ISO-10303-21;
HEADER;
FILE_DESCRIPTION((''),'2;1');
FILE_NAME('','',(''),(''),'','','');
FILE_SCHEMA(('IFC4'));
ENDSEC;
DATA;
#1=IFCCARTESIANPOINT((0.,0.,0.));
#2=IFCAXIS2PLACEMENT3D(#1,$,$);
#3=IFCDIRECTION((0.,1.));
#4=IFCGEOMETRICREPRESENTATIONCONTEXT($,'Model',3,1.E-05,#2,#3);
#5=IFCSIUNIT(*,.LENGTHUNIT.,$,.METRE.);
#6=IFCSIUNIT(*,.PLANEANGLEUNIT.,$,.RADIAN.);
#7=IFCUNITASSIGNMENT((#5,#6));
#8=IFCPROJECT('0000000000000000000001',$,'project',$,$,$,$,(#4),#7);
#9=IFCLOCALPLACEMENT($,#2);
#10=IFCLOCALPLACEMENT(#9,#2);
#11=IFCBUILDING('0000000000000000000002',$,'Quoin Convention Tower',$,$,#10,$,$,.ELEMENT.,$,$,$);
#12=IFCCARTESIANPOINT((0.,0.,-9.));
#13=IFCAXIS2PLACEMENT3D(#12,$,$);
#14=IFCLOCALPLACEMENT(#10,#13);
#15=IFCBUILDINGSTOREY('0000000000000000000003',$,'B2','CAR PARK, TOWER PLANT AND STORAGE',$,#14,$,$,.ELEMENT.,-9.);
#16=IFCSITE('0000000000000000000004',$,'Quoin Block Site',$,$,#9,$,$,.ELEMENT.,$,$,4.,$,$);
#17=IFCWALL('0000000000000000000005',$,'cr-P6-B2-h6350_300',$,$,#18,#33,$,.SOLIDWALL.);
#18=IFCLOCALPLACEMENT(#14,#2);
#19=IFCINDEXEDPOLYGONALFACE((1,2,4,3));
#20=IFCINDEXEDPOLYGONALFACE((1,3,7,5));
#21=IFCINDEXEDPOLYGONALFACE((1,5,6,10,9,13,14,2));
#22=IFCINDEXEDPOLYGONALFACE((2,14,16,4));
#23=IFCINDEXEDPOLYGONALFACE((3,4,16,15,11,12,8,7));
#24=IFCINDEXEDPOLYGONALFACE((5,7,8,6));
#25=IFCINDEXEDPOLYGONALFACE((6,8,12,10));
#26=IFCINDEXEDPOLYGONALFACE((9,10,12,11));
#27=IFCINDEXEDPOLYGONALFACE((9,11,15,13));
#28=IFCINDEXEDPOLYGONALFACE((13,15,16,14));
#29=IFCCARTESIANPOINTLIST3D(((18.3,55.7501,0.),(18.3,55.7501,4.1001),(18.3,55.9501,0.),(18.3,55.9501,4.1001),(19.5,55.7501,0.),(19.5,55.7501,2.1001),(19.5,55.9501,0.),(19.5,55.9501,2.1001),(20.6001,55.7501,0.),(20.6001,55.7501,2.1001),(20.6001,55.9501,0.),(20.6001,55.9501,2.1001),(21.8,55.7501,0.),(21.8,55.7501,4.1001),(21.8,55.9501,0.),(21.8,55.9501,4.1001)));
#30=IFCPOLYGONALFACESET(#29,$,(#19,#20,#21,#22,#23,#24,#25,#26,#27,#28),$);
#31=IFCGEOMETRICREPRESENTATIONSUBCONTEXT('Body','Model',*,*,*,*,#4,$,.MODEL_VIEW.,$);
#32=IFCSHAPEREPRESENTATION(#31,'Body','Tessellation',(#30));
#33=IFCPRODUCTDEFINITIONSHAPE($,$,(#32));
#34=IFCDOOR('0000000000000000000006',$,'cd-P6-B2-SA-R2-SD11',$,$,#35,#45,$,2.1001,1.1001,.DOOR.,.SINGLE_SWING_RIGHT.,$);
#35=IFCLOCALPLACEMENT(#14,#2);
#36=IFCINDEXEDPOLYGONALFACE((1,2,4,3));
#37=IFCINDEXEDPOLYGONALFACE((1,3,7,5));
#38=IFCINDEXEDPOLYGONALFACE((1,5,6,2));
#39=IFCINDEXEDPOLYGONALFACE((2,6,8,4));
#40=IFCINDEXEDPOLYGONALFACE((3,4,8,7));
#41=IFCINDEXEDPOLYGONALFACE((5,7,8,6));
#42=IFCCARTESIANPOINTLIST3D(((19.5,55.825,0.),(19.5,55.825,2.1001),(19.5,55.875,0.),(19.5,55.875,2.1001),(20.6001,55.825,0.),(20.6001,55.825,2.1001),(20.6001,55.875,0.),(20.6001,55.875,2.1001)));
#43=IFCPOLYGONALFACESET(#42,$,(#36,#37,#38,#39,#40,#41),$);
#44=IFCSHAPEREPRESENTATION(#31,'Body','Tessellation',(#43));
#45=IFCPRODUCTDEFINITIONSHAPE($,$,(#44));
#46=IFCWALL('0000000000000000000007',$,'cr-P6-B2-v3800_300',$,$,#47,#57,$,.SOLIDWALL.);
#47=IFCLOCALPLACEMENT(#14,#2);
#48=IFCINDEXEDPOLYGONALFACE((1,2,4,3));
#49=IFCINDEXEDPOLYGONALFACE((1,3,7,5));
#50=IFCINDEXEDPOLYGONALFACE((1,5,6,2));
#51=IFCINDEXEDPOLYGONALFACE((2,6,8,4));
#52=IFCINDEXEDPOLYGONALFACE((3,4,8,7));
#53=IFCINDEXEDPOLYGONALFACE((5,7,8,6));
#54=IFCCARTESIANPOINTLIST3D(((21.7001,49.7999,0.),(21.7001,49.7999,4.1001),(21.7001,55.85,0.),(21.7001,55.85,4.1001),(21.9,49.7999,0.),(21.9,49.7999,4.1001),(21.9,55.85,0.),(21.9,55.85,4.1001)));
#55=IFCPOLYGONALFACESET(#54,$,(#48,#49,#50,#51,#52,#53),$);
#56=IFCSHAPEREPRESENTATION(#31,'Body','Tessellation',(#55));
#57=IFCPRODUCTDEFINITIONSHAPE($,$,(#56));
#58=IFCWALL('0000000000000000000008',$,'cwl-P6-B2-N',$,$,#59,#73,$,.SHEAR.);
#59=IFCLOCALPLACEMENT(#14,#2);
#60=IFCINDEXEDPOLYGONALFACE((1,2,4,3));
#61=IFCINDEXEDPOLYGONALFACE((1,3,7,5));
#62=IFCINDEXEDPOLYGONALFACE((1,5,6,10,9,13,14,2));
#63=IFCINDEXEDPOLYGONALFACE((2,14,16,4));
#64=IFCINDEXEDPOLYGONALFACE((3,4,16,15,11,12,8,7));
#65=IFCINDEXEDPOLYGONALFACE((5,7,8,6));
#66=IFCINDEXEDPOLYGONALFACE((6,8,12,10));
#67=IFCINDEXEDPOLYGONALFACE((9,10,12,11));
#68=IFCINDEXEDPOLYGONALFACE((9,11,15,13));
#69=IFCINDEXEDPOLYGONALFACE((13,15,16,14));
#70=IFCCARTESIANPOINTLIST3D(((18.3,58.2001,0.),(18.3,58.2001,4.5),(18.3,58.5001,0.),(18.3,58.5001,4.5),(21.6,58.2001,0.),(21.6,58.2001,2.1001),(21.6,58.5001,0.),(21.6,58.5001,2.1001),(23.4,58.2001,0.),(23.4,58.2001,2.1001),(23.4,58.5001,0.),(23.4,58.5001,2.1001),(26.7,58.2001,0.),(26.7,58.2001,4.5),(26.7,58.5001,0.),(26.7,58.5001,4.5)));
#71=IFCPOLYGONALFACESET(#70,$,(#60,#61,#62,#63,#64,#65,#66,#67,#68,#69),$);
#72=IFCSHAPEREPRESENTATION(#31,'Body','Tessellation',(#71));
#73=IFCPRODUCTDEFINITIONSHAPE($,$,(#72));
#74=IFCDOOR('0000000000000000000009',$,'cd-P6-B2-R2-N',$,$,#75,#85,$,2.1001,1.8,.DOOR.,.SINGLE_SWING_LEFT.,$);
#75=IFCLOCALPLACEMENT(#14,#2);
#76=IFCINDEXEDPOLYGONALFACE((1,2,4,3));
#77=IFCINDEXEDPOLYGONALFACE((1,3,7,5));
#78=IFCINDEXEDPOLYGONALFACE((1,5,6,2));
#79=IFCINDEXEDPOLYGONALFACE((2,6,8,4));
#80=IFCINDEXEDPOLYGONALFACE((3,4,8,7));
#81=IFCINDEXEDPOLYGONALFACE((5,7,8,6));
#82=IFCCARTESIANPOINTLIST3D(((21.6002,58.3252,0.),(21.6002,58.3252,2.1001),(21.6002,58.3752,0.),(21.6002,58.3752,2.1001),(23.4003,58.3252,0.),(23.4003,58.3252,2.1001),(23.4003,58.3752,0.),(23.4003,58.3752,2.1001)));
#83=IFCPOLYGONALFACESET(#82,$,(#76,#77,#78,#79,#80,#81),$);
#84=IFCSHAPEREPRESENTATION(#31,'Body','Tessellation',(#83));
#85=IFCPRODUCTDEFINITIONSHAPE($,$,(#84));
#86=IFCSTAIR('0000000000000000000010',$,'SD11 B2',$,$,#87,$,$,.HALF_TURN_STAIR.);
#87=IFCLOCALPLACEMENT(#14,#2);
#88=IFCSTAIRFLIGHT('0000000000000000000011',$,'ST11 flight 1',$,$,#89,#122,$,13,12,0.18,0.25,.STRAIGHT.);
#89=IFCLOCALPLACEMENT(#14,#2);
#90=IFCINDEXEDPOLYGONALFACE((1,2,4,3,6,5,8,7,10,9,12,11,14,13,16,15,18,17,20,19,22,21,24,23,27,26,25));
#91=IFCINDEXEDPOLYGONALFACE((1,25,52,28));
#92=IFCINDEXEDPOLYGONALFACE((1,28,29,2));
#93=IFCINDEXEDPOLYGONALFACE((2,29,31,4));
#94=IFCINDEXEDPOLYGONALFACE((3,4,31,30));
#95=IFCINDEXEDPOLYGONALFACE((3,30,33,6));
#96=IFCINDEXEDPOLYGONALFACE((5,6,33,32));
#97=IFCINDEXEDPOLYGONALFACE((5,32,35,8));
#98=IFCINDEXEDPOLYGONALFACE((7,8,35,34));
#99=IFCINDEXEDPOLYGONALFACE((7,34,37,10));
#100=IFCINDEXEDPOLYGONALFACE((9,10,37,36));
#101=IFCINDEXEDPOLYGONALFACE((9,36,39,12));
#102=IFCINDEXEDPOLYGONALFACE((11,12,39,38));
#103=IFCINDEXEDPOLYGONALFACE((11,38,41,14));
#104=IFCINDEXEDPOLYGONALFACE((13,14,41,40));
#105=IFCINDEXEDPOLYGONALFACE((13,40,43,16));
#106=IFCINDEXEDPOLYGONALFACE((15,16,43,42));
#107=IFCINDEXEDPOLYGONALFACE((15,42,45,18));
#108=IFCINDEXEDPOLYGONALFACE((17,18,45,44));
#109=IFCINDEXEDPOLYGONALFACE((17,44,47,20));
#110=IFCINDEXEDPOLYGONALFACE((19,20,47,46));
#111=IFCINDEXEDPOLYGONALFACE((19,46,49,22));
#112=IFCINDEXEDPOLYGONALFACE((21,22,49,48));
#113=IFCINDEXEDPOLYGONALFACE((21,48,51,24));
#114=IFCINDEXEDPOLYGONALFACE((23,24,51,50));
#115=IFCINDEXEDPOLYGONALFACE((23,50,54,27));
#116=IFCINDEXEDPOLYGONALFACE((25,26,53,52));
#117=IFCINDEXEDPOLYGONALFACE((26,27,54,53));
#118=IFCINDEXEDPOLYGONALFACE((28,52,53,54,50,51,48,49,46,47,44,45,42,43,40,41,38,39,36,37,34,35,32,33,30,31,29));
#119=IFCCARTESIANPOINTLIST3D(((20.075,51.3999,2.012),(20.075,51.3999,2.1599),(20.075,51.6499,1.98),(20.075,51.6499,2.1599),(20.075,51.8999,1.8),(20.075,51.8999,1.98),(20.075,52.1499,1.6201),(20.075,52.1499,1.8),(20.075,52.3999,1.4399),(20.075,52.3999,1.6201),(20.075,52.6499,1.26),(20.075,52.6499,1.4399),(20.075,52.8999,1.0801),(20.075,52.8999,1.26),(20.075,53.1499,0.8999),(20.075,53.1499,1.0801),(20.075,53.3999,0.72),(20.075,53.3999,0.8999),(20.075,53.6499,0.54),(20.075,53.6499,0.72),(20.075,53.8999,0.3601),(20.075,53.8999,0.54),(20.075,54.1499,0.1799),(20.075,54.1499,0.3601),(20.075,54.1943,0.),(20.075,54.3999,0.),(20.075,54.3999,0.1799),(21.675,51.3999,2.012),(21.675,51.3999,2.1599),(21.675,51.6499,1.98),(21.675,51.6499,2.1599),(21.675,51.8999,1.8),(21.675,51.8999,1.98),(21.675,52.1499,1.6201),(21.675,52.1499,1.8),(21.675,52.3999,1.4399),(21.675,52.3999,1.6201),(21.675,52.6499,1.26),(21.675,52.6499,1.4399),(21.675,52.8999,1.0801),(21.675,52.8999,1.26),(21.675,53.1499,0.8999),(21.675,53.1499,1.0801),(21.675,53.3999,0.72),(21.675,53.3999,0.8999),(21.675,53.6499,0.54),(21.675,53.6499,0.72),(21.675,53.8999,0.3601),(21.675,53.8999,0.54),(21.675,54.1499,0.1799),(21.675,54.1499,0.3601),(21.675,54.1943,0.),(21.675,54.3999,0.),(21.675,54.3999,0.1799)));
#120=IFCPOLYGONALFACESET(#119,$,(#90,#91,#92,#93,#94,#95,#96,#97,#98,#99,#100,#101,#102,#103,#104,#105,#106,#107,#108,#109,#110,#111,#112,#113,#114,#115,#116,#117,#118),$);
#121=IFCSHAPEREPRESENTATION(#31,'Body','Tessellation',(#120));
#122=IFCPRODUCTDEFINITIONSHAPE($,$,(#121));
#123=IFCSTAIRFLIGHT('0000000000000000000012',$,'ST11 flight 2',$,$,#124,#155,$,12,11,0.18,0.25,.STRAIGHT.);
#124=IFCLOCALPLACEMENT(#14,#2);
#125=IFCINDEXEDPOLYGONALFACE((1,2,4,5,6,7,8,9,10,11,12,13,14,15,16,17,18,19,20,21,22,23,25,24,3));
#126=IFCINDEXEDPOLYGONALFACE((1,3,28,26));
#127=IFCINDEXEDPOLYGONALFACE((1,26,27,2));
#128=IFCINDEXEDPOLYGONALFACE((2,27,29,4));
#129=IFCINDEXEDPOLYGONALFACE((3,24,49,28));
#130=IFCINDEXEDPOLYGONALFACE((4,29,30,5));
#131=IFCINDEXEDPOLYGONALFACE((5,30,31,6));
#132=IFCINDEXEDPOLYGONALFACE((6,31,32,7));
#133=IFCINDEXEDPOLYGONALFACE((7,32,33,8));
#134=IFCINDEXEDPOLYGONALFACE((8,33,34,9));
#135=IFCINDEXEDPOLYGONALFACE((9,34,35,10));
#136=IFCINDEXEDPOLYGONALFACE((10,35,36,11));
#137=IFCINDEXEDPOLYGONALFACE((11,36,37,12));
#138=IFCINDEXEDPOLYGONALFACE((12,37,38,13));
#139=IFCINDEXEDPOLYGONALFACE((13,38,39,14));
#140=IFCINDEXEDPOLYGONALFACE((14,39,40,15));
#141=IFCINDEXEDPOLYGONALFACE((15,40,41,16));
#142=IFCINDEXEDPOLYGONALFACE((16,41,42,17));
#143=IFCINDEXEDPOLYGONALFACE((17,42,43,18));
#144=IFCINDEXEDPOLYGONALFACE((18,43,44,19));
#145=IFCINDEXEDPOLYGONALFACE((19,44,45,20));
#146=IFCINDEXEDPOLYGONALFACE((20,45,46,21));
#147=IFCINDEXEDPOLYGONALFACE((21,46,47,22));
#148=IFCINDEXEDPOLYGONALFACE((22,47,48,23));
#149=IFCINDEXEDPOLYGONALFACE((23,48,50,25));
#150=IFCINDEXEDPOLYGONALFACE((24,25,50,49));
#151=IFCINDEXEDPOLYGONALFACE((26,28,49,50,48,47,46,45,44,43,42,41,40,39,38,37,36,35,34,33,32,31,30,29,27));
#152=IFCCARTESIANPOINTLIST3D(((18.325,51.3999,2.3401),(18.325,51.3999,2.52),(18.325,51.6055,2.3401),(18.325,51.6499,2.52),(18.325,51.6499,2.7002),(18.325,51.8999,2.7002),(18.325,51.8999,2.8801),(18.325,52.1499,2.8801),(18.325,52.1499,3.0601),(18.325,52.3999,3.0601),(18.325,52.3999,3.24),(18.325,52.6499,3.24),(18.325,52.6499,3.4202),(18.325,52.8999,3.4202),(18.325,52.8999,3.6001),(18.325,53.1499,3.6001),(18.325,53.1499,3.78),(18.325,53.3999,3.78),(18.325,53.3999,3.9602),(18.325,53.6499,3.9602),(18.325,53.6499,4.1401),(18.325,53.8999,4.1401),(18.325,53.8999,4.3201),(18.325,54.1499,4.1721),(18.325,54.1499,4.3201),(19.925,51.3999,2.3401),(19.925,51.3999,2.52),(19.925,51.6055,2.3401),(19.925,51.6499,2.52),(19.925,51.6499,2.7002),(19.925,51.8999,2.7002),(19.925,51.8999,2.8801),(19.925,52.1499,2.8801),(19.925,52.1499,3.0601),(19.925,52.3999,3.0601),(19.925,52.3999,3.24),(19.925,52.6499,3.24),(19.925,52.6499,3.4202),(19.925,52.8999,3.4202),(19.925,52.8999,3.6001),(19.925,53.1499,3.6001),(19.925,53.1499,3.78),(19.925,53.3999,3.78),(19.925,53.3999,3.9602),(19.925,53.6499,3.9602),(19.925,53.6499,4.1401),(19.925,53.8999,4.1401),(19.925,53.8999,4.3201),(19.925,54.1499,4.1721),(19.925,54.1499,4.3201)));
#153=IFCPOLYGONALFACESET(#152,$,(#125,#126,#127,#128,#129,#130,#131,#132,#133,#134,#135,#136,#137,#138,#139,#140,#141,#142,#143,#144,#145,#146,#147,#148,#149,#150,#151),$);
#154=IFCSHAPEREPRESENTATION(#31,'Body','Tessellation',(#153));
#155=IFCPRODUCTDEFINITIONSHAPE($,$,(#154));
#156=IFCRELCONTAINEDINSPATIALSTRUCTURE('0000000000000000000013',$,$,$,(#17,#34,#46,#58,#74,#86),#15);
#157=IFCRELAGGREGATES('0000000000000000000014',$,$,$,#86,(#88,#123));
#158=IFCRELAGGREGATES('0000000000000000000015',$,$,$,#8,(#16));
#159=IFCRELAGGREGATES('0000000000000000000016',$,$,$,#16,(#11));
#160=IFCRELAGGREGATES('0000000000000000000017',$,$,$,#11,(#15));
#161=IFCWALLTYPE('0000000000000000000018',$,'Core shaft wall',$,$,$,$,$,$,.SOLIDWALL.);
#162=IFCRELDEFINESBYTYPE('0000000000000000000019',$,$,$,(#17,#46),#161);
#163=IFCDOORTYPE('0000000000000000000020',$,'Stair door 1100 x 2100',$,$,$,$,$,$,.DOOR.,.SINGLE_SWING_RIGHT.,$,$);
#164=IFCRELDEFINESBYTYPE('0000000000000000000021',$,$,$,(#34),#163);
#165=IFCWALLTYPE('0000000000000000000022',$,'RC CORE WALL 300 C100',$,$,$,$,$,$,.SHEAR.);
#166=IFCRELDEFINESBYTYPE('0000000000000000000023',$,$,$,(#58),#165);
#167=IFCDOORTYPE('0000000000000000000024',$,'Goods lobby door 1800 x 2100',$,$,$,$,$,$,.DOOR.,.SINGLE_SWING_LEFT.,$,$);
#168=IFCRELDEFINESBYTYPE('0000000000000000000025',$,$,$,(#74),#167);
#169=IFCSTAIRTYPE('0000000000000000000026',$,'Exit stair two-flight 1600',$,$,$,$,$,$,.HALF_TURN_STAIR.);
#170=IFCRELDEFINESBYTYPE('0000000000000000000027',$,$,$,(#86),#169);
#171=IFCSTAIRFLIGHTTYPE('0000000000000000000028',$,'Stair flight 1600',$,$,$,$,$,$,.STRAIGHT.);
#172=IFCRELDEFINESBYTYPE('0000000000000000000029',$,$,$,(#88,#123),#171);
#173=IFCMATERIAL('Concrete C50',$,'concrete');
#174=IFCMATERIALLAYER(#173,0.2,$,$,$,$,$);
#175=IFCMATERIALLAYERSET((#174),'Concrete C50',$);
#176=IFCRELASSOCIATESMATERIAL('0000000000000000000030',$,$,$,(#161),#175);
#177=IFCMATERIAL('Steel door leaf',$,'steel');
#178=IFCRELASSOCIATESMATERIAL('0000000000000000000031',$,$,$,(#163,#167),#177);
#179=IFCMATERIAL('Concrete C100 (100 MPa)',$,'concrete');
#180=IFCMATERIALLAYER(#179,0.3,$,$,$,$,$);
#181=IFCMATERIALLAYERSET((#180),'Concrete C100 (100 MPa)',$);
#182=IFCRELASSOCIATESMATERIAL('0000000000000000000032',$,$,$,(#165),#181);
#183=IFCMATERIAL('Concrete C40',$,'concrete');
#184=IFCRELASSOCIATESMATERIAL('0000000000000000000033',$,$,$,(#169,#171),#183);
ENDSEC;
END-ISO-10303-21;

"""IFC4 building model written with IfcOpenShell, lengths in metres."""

from ifc_helpers import new_model, si_unit, direction, frame, frame_2d, origin, place, context, subcontext, project, spatial, polyline, rectangle, outline, extrude, material, layer, layer_set, type_object, element, fill, aggregate, save


model = new_model("IFC4")

# Units and contexts
model_context = context("Model", 3, precision=1e-05, world=origin(), true_north=direction((0.0, 1.0)))
body_context = subcontext(model_context, "Body", "Model", "MODEL_VIEW")
ifc_project = project(units=[si_unit("LENGTHUNIT", "METRE"), si_unit("PLANEANGLEUNIT", "RADIAN")], contexts=[model_context])

# Site, building, storey
site_placement = place(None, origin())
site = spatial("IfcSite", under=ifc_project, at=site_placement, Name="Quoin Block Site", CompositionType="ELEMENT", RefElevation=4.0)
building_placement = place(site_placement, origin())
building = spatial("IfcBuilding", under=site, at=building_placement, Name="Quoin Convention Tower", CompositionType="ELEMENT")
storey_placement = place(building_placement, frame((0.0, 0.0, -9.0)))
storey = spatial("IfcBuildingStorey", under=building, at=storey_placement, Name="B2", Description="CAR PARK, TOWER PLANT AND STORAGE", CompositionType="ELEMENT", Elevation=-9.0)

# Shared definitions
ifc_material_1 = material(Name="Concrete C50", Category="concrete")

# Shared definitions
ifc_material_2 = material(Name="Concrete C40", Category="concrete")

# Shared definitions
ifc_material_3 = material(Name="Concrete C100 (100 MPa)", Category="concrete")

# Shared definitions
ifc_layer_1 = layer(ifc_material_1, 0.2)
ifc_layer_set_1 = layer_set([ifc_layer_1], Name="Concrete C50")
wall_type_1 = type_object("IfcWallType", Name="Core shaft wall", PredefinedType="SOLIDWALL", material=ifc_layer_set_1)

# Wall, opening, door
wall_1_placement = place(storey_placement, frame((18.3, 55.8501, 0.0), z_axis=(0.0, 0.0, 1.0), x_axis=(1.0, 0.0, 0.0)))
wall_1 = element("IfcWall", 1, at=wall_1_placement, inside=storey, type_object=wall_type_1, Name="cr-P6-B2-h6350_300", PredefinedType="SOLIDWALL", context=body_context, shape_type="SweptSolid", body=[
    extrude(rectangle(XDim=3.5, YDim=0.2, at=frame_2d((1.75, 0.0))), origin(), (0.0, 0.0, 1.0), 4.1001),
])
opening_1_placement = place(wall_1_placement, frame((1.2, 0.0, 0.0)))
opening_1 = element("IfcOpeningElement", 2, at=opening_1_placement, cuts=wall_1, PredefinedType="OPENING", context=body_context, shape_type="SweptSolid", body=[
    extrude(rectangle(XDim=1.1001, YDim=2.1001, at=frame_2d((0.55, 1.05))), frame((0.0, 0.1099, 0.0), z_axis=(0.0, -1.0, 0.0), x_axis=(1.0, 0.0, 0.0)), (0.0, 0.0, 1.0), 0.22),
])
ifc_material_4 = material(Name="Steel door leaf", Category="steel")
door_type_1 = type_object("IfcDoorType", Name="Stair door 1100 x 2100", OperationType="SINGLE_SWING_RIGHT", PredefinedType="DOOR", material=ifc_material_4)
door_1_placement = place(opening_1_placement, origin())
door_1 = element("IfcDoor", 3, at=door_1_placement, inside=storey, type_object=door_type_1, Name="cd-P6-B2-SA-R2-SD11", OperationType="SINGLE_SWING_RIGHT", OverallHeight=2.1001, OverallWidth=1.1001, PredefinedType="DOOR", context=body_context, shape_type="SweptSolid", body=[
    extrude(rectangle(XDim=1.1001, YDim=2.1001, at=frame_2d((0.55, 1.05))), frame((0.0, 0.0249, 0.0), z_axis=(0.0, -1.0, 0.0), x_axis=(1.0, 0.0, 0.0)), (0.0, 0.0, 1.0), 0.05),
])
fill(opening_1, door_1)

# Wall
wall_2_placement = place(storey_placement, frame((21.8, 49.8, 0.0), z_axis=(0.0, 0.0, 1.0), x_axis=(0.0, 1.0, 0.0)))
element("IfcWall", 4, at=wall_2_placement, inside=storey, type_object=wall_type_1, Name="cr-P6-B2-v3800_300", PredefinedType="SOLIDWALL", context=body_context, shape_type="SweptSolid", body=[
    extrude(rectangle(XDim=6.05, YDim=0.2, at=frame_2d((3.0249, 0.0))), origin(), (0.0, 0.0, 1.0), 4.1001),
])

# Wall, opening, door
ifc_layer_2 = layer(ifc_material_3, 0.3)
ifc_layer_set_2 = layer_set([ifc_layer_2], Name="Concrete C100 (100 MPa)")
wall_type_2 = type_object("IfcWallType", Name="RC CORE WALL 300 C100", PredefinedType="SHEAR", material=ifc_layer_set_2)
wall_3_placement = place(storey_placement, frame((18.3, 58.3501, 0.0), z_axis=(0.0, 0.0, 1.0), x_axis=(1.0, 0.0, 0.0)))
wall_3 = element("IfcWall", 5, at=wall_3_placement, inside=storey, type_object=wall_type_2, Name="cwl-P6-B2-N", PredefinedType="SHEAR", context=body_context, shape_type="SweptSolid", body=[
    extrude(rectangle(XDim=8.3999, YDim=0.3, at=frame_2d((4.2, 0.0))), origin(), (0.0, 0.0, 1.0), 4.5),
])
opening_2_placement = place(wall_3_placement, frame((3.3, 0.0, 0.0)))
opening_2 = element("IfcOpeningElement", 6, at=opening_2_placement, cuts=wall_3, PredefinedType="OPENING", context=body_context, shape_type="SweptSolid", body=[
    extrude(rectangle(XDim=1.8, YDim=2.1001, at=frame_2d((0.8999, 1.05))), frame((0.0, 0.1599, 0.0), z_axis=(0.0, -1.0, 0.0), x_axis=(1.0, 0.0, 0.0)), (0.0, 0.0, 1.0), 0.3201),
])
door_type_2 = type_object("IfcDoorType", Name="Goods lobby door 1800 x 2100", OperationType="SINGLE_SWING_LEFT", PredefinedType="DOOR", material=ifc_material_4)
door_2_placement = place(opening_2_placement, frame((1.8, 0.0, 0.0), z_axis=(0.0, 0.0, 1.0), x_axis=(-1.0, 0.0, 0.0)))
door_2 = element("IfcDoor", 7, at=door_2_placement, inside=storey, type_object=door_type_2, Name="cd-P6-B2-R2-N", OperationType="SINGLE_SWING_LEFT", OverallHeight=2.1001, OverallWidth=1.8, PredefinedType="DOOR", context=body_context, shape_type="SweptSolid", body=[
    extrude(rectangle(XDim=1.8, YDim=2.1001, at=frame_2d((0.8999, 1.05))), frame((0.0, 0.0249, 0.0), z_axis=(0.0, -1.0, 0.0), x_axis=(1.0, 0.0, 0.0)), (0.0, 0.0, 1.0), 0.05),
])
fill(opening_2, door_2)

# Stair, stair flights
stair_type = type_object("IfcStairType", Name="Exit stair two-flight 1600", PredefinedType="HALF_TURN_STAIR", material=ifc_material_2)
stair_placement = place(storey_placement, origin())
stair = element("IfcStair", 8, at=stair_placement, inside=storey, type_object=stair_type, Name="SD11 B2", PredefinedType="HALF_TURN_STAIR")
stair_flight_type = type_object("IfcStairFlightType", Name="Stair flight 1600", PredefinedType="STRAIGHT", material=ifc_material_2)
stair_flight_1_placement = place(storey_placement, frame((20.875, 54.3999, 0.0), z_axis=(0.0, 0.0, 1.0), x_axis=(0.0, -1.0, 0.0)))
stair_flight_1 = element("IfcStairFlight", 9, at=stair_flight_1_placement, type_object=stair_flight_type, Name="ST11 flight 1", NumberOfRisers=13, NumberOfTreads=12, PredefinedType="STRAIGHT", RiserHeight=0.18, TreadLength=0.25, context=body_context, shape_type="SweptSolid", body=[
    extrude(outline(polyline([(0.0, 0.0), (0.0, 0.1799), (0.25, 0.1799), (0.25, 0.3601), (0.5, 0.3601), (0.5, 0.54), (0.75, 0.54), (0.75, 0.72), (1.0, 0.72), (1.0, 0.8999), (1.25, 0.8999), (1.25, 1.0801), (1.5, 1.0801), (1.5, 1.26), (1.75, 1.26), (1.75, 1.4399), (2.0, 1.4399), (2.0, 1.6201), (2.25, 1.6201), (2.25, 1.8), (2.5, 1.8), (2.5, 1.98), (2.75, 1.98), (2.75, 2.1599), (3.0, 2.1599), (3.0, 2.3401), (3.0, 2.012), (0.2056, 0.0), (0.0, 0.0)])), frame((0.0, 0.8, 0.0), z_axis=(0.0, -1.0, 0.0), x_axis=(1.0, 0.0, 0.0)), (0.0, 0.0, 1.0), 1.6001),
])
stair_flight_2_placement = place(storey_placement, frame((19.125, 51.3999, 2.3401), z_axis=(0.0, 0.0, 1.0), x_axis=(0.0, 1.0, 0.0)))
stair_flight_2 = element("IfcStairFlight", 10, at=stair_flight_2_placement, type_object=stair_flight_type, Name="ST11 flight 2", NumberOfRisers=12, NumberOfTreads=11, PredefinedType="STRAIGHT", RiserHeight=0.18, TreadLength=0.25, context=body_context, shape_type="SweptSolid", body=[
    extrude(outline(polyline([(0.0, 0.0), (0.0, 0.1799), (0.25, 0.1799), (0.25, 0.3601), (0.5, 0.3601), (0.5, 0.54), (0.75, 0.54), (0.75, 0.72), (1.0, 0.72), (1.0, 0.8999), (1.25, 0.8999), (1.25, 1.0801), (1.5, 1.0801), (1.5, 1.26), (1.75, 1.26), (1.75, 1.4399), (2.0, 1.4399), (2.0, 1.6201), (2.25, 1.6201), (2.25, 1.8), (2.5, 1.8), (2.5, 1.98), (2.75, 1.98), (2.75, 2.1599), (2.75, 1.832), (0.2056, 0.0), (0.0, 0.0)])), frame((0.0, 0.8, 0.0), z_axis=(0.0, -1.0, 0.0), x_axis=(1.0, 0.0, 0.0)), (0.0, 0.0, 1.0), 1.6001),
])
aggregate(stair, [stair_flight_1, stair_flight_2])

save(model, "model.ifc")
